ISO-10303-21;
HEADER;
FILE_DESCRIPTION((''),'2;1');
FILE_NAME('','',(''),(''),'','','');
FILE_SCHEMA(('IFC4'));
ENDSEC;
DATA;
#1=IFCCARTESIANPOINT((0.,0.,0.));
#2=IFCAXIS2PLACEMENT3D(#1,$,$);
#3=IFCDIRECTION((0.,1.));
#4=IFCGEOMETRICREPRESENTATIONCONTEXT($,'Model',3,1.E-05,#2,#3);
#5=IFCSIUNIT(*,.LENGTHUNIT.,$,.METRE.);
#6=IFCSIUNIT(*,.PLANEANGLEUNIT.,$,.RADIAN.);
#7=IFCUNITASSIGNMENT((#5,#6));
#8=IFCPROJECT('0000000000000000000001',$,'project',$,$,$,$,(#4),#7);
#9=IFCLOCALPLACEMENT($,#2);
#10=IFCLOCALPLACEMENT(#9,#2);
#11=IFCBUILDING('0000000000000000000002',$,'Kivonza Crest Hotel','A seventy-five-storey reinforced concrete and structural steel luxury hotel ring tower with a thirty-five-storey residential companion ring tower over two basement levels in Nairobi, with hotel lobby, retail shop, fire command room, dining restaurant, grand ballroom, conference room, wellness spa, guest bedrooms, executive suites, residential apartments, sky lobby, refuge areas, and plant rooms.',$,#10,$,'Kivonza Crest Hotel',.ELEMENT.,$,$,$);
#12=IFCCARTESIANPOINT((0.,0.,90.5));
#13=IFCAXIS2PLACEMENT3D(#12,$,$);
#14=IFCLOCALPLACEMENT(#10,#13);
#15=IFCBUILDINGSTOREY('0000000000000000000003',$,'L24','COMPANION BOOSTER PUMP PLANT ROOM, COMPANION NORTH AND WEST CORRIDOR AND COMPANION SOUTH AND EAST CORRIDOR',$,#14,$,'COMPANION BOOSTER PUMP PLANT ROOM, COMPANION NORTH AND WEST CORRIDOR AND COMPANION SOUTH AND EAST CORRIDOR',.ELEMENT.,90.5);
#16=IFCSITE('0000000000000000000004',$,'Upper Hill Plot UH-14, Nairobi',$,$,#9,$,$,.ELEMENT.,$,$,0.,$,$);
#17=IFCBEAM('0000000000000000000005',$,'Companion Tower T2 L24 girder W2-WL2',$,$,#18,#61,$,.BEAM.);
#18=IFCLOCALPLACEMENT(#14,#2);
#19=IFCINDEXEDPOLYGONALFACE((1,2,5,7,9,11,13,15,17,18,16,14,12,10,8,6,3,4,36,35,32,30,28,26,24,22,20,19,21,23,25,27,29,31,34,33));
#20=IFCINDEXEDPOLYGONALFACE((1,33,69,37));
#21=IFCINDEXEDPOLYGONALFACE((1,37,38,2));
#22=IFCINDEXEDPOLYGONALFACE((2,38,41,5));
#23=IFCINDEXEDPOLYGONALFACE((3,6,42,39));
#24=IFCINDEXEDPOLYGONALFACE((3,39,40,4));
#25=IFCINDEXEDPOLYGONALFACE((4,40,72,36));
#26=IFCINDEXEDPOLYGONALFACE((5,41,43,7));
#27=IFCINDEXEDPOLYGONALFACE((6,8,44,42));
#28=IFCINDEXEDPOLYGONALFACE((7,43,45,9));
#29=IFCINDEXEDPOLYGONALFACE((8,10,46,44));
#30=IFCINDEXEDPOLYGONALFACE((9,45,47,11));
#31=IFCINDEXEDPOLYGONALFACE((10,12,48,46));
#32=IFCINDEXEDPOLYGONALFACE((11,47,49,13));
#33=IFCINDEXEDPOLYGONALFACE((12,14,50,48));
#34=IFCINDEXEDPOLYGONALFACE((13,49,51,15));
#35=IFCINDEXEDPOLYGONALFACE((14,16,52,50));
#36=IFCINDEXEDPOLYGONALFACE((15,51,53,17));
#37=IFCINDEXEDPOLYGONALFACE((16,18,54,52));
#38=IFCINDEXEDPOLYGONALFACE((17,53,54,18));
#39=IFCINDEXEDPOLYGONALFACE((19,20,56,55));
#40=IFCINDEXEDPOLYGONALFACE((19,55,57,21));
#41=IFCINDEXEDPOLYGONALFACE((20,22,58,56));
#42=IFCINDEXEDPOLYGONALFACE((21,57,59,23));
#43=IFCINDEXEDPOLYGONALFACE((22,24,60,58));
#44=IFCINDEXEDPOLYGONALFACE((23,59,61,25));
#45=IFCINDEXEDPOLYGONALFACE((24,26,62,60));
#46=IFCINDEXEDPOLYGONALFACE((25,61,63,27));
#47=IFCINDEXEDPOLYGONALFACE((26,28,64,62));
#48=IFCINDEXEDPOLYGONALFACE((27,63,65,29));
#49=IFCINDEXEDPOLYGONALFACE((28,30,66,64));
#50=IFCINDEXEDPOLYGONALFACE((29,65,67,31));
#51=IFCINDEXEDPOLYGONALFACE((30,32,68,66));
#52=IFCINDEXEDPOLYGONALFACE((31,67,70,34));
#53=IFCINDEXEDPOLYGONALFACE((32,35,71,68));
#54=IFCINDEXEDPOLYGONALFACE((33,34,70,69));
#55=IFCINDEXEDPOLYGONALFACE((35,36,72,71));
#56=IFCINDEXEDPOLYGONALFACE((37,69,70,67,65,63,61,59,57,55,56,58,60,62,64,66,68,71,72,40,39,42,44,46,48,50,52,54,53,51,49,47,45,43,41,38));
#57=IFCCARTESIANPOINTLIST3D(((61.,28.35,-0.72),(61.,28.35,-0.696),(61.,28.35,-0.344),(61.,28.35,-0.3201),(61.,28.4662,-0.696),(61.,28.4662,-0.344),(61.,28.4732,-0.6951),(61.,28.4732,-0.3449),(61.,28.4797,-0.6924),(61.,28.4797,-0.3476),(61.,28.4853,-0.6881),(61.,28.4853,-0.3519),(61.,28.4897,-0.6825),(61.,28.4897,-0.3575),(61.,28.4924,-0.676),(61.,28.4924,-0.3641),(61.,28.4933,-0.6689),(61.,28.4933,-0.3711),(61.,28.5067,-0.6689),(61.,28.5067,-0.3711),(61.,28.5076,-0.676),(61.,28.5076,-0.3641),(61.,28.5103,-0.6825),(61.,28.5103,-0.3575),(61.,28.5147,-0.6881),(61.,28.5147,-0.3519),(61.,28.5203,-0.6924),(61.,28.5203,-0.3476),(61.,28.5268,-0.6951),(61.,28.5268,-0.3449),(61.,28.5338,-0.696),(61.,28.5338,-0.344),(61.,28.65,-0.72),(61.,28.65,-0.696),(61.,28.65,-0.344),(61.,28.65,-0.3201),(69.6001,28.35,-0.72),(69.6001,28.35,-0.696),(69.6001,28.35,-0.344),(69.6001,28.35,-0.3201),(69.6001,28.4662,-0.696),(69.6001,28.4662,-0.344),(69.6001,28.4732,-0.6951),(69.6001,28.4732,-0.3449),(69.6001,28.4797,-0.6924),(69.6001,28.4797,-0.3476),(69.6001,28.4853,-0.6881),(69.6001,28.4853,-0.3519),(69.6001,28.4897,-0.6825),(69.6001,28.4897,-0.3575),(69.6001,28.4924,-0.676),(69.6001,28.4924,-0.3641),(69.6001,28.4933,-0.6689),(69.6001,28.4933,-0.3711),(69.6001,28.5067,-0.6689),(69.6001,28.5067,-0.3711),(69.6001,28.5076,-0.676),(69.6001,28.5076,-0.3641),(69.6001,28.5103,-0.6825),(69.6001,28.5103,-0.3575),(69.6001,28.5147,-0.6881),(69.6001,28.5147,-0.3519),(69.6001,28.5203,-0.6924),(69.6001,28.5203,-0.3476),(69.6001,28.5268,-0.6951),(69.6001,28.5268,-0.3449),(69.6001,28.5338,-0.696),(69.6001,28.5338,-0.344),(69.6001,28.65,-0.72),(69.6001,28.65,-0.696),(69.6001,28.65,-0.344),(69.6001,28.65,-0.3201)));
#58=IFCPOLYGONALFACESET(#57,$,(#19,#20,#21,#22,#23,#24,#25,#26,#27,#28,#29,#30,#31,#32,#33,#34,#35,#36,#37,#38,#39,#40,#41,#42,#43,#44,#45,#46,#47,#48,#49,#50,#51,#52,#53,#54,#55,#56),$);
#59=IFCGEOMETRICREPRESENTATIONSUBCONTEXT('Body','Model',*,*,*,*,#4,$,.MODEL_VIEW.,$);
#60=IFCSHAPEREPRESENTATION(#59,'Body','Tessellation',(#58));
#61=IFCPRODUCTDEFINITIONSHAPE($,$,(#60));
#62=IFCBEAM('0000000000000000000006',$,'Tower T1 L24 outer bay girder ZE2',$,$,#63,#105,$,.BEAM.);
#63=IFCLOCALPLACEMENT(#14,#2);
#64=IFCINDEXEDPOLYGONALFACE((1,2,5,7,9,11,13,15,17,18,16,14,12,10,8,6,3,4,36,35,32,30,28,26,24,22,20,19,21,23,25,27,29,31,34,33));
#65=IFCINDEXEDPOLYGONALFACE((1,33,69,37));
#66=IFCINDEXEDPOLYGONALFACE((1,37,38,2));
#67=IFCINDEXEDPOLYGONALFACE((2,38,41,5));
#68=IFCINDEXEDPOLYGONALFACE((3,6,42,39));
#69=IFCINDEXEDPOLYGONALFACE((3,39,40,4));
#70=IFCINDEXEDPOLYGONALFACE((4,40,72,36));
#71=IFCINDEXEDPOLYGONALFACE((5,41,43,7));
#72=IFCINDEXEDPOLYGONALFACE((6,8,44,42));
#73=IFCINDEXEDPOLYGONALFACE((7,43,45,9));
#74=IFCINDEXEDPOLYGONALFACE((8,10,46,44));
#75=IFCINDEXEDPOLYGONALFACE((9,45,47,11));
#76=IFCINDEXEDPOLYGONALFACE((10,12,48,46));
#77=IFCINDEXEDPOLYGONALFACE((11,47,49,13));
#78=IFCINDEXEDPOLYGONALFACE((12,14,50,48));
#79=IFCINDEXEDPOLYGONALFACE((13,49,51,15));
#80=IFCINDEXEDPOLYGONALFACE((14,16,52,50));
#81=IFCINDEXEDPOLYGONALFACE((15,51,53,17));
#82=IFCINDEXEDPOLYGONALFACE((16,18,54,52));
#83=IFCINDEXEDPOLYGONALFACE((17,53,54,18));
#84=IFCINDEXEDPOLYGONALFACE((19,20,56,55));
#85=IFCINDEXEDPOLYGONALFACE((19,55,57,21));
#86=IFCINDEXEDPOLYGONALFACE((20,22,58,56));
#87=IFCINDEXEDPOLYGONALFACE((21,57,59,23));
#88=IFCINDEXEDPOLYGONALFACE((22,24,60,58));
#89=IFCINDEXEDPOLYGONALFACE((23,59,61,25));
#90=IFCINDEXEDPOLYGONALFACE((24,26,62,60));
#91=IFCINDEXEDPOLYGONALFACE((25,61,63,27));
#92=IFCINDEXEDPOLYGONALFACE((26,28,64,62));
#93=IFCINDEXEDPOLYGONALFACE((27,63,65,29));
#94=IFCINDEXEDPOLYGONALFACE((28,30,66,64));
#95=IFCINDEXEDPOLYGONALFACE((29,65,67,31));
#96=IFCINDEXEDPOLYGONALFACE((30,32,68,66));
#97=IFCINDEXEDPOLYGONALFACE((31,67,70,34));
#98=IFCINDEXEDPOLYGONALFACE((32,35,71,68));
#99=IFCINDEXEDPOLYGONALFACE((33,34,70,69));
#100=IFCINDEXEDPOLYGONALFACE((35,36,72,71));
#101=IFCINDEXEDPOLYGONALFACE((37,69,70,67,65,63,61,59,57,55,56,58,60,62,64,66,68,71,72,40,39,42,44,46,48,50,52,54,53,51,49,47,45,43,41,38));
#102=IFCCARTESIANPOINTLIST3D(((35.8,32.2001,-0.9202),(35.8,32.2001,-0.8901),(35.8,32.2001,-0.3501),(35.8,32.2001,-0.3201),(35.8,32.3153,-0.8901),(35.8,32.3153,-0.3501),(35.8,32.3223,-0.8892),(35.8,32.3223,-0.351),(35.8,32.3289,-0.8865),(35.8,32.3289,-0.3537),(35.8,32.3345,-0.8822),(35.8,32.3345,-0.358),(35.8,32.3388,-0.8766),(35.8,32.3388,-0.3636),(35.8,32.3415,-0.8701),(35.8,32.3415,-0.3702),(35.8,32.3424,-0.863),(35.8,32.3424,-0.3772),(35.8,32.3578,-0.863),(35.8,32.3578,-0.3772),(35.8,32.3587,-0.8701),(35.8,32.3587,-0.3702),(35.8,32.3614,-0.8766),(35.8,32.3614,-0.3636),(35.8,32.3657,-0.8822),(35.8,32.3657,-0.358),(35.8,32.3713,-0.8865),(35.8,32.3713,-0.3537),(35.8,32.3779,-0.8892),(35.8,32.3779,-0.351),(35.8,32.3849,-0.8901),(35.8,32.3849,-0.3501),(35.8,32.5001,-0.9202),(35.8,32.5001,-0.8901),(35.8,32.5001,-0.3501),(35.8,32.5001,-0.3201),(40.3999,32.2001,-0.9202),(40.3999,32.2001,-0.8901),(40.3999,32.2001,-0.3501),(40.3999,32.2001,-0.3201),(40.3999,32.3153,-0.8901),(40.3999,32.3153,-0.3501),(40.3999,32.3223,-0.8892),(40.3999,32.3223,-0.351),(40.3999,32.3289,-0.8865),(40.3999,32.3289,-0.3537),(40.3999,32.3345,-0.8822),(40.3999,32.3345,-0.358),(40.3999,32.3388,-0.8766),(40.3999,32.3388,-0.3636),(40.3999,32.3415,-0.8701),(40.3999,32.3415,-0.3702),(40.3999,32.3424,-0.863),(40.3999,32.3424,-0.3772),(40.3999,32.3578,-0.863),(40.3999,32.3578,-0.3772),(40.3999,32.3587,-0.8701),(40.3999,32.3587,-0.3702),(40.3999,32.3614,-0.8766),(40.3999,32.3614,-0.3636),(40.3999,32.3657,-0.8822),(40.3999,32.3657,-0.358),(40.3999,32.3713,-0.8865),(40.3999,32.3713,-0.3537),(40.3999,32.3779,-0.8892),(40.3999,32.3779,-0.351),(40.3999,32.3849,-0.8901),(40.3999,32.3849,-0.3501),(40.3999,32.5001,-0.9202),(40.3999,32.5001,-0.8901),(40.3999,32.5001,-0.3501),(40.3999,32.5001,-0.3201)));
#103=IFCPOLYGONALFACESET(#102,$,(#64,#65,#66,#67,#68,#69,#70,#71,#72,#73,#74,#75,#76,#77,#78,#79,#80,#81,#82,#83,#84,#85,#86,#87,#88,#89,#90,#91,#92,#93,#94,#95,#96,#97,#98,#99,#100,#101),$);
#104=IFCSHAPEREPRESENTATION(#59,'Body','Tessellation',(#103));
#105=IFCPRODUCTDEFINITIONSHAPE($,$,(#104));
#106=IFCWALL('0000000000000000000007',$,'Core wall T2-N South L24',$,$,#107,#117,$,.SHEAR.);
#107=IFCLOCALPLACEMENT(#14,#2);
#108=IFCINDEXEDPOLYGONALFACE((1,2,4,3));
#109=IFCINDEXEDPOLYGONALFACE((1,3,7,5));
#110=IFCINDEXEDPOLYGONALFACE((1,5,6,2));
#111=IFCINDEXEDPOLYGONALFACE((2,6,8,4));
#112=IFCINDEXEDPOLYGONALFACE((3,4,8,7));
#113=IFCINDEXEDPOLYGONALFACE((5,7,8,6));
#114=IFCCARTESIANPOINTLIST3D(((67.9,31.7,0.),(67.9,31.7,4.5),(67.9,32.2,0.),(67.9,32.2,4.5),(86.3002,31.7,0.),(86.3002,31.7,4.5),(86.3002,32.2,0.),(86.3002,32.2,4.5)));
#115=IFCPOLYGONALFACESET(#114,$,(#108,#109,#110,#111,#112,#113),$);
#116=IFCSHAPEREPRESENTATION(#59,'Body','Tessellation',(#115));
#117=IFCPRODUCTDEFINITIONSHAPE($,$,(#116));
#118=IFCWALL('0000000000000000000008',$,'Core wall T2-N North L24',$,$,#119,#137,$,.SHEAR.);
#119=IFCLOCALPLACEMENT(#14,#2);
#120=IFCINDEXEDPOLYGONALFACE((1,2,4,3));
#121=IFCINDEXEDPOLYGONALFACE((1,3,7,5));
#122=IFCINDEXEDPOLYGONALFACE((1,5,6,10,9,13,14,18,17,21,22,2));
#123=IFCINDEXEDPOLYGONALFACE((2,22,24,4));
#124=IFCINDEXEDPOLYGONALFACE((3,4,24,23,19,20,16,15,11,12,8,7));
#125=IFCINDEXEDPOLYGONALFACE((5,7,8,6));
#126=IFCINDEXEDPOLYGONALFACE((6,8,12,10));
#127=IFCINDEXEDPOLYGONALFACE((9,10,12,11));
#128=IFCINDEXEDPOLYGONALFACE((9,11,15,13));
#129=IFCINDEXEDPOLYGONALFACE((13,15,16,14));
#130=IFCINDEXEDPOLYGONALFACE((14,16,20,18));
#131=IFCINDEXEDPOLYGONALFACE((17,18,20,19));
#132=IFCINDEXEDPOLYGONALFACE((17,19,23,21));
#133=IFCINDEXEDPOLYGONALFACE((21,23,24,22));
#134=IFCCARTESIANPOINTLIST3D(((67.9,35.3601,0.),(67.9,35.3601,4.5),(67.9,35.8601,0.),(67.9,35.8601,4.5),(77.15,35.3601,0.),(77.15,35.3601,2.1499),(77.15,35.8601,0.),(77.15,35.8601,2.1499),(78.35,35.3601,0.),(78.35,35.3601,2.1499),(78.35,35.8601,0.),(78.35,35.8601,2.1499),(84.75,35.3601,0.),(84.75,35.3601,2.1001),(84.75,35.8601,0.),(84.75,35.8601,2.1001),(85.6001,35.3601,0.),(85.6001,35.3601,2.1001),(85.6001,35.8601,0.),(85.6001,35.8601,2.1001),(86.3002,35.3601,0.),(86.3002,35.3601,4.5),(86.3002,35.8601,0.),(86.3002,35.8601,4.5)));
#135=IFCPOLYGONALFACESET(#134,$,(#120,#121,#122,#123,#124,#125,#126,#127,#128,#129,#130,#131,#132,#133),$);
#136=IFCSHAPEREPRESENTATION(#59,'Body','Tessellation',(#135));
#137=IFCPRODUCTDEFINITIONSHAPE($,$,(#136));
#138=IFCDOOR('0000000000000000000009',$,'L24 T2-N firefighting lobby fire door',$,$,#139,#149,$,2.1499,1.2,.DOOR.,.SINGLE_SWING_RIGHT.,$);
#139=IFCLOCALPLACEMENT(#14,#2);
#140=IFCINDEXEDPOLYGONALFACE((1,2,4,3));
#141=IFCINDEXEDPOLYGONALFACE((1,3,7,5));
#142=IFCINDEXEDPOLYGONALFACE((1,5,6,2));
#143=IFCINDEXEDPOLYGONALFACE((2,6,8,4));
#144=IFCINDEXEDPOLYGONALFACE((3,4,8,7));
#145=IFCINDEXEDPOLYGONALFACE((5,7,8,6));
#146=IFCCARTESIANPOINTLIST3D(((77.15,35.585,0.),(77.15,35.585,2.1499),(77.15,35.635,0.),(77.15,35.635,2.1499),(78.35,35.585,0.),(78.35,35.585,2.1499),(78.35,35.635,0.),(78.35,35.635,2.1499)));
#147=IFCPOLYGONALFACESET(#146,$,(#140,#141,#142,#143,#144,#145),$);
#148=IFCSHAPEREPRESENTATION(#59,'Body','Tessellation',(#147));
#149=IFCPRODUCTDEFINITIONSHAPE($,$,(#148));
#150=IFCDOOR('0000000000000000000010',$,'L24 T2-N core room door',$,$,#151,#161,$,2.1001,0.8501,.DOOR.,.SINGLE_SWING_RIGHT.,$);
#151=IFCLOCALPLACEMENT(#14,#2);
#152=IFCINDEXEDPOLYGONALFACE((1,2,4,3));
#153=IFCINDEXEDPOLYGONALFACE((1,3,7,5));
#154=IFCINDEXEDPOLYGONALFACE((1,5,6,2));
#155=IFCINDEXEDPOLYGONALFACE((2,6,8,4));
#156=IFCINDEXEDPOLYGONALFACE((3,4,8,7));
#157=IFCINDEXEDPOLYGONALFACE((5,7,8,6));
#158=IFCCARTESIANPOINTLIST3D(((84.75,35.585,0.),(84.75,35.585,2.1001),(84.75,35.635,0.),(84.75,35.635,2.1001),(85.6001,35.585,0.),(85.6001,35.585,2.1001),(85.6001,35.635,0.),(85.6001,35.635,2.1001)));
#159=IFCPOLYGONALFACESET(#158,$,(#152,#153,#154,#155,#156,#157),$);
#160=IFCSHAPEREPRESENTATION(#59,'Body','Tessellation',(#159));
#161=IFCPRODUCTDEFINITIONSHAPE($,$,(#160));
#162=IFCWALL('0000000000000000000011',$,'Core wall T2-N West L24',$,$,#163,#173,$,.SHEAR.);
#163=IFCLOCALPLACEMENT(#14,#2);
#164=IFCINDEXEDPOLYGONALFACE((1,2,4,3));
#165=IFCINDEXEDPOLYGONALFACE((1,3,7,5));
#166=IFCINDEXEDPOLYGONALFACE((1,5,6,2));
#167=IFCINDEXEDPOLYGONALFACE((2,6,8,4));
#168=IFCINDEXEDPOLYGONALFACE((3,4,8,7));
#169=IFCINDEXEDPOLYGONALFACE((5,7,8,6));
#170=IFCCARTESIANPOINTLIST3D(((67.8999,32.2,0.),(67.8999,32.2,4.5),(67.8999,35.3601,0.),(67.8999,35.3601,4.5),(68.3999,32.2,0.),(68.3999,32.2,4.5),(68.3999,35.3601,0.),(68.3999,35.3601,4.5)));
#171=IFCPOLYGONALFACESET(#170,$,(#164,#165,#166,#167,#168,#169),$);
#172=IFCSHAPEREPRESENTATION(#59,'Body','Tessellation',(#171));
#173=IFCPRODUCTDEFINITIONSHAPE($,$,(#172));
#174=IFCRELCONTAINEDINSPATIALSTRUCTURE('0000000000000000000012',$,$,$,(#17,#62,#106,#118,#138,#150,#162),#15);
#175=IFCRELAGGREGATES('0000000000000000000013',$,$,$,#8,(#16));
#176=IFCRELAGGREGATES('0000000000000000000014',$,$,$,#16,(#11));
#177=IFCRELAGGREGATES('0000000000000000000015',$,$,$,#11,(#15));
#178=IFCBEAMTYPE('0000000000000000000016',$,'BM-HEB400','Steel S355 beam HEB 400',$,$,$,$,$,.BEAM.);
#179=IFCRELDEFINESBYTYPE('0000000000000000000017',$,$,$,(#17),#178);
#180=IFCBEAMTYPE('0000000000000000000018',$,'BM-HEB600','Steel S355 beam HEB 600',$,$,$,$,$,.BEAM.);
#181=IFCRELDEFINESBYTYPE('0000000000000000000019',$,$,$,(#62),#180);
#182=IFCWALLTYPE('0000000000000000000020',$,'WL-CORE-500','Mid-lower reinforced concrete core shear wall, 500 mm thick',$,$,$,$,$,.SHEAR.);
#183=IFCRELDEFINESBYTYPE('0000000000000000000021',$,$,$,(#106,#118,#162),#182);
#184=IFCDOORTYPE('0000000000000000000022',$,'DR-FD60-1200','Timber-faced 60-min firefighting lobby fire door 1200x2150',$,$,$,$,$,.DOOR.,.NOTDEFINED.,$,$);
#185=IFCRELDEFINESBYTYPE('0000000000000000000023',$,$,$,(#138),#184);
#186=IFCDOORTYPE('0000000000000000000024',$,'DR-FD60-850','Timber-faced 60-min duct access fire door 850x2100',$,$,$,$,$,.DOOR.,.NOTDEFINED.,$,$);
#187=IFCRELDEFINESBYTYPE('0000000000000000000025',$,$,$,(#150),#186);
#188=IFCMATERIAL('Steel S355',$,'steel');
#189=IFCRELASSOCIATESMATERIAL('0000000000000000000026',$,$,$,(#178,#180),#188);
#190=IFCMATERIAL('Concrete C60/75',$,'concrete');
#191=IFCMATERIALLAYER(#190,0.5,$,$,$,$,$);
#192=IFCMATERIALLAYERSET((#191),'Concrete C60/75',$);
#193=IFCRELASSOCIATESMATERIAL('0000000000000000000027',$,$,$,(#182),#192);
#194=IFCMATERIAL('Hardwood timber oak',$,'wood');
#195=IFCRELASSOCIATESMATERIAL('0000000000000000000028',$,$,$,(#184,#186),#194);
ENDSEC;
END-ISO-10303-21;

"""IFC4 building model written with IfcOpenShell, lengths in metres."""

from ifc_helpers import new_model, si_unit, direction, frame, frame_2d, origin, origin_2d, place, context, subcontext, project, spatial, rectangle, i_section, extrude, material, layer, layer_set, material_profile, profile_set, type_object, element, fill, save


model = new_model("IFC4")

# Units and contexts
model_context = context("Model", 3, precision=1e-05, world=origin(), true_north=direction((0.0, 1.0)))
body_context = subcontext(model_context, "Body", "Model", "MODEL_VIEW")
ifc_project = project(units=[si_unit("LENGTHUNIT", "METRE"), si_unit("PLANEANGLEUNIT", "RADIAN")], contexts=[model_context])

# Site, building, storey
site_placement = place(None, origin())
site = spatial("IfcSite", under=ifc_project, at=site_placement, Name="Upper Hill Plot UH-14, Nairobi", CompositionType="ELEMENT", RefElevation=0.0)
building_placement = place(site_placement, origin())
building = spatial("IfcBuilding", under=site, at=building_placement, Name="Kivonza Crest Hotel", Description="A seventy-five-storey reinforced concrete and structural steel luxury hotel ring tower with a thirty-five-storey residential companion ring tower over two basement levels in Nairobi, with hotel lobby, retail shop, fire command room, dining restaurant, grand ballroom, conference room, wellness spa, guest bedrooms, executive suites, residential apartments, sky lobby, refuge areas, and plant rooms.", LongName="Kivonza Crest Hotel", CompositionType="ELEMENT")
storey_placement = place(building_placement, frame((0.0, 0.0, 90.5)))
storey = spatial("IfcBuildingStorey", under=building, at=storey_placement, Name="L24", Description="COMPANION BOOSTER PUMP PLANT ROOM, COMPANION NORTH AND WEST CORRIDOR AND COMPANION SOUTH AND EAST CORRIDOR", LongName="COMPANION BOOSTER PUMP PLANT ROOM, COMPANION NORTH AND WEST CORRIDOR AND COMPANION SOUTH AND EAST CORRIDOR", CompositionType="ELEMENT", Elevation=90.5)

# Shared definitions
ifc_material_1 = material(Name="Steel S355", Category="steel")

# Beams
ifc_material_profile_1 = material_profile(ifc_material_1, i_section(OverallWidth=0.3, OverallDepth=0.3999, WebThickness=0.0134, FlangeThickness=0.0239, FilletRadius=0.0271, at=origin_2d()), Name="HEB 400")
ifc_profile_set_1 = profile_set([ifc_material_profile_1], Name="Steel S355")
beam_type_1 = type_object("IfcBeamType", Name="BM-HEB400", Description="Steel S355 beam HEB 400", PredefinedType="BEAM", material=ifc_profile_set_1)
beam_1_placement = place(storey_placement, frame((61.0, 28.5, -0.52), z_axis=(1.0, 0.0, 0.0), x_axis=(0.0, 1.0, 0.0)))
element("IfcBeam", 1, at=beam_1_placement, inside=storey, type_object=beam_type_1, Name="Companion Tower T2 L24 girder W2-WL2", PredefinedType="BEAM", context=body_context, shape_type="SweptSolid", body=[
    extrude(i_section(OverallWidth=0.3, OverallDepth=0.3999, WebThickness=0.0134, FlangeThickness=0.0239, FilletRadius=0.0271, at=origin_2d()), origin(), (0.0, 0.0, 1.0), 8.6001),
])
ifc_material_profile_2 = material_profile(ifc_material_1, i_section(OverallWidth=0.3, OverallDepth=0.6001, WebThickness=0.0154, FlangeThickness=0.03, FilletRadius=0.0271, at=origin_2d()), Name="HEB 600")
ifc_profile_set_2 = profile_set([ifc_material_profile_2], Name="Steel S355")
beam_type_2 = type_object("IfcBeamType", Name="BM-HEB600", Description="Steel S355 beam HEB 600", PredefinedType="BEAM", material=ifc_profile_set_2)
beam_2_placement = place(storey_placement, frame((40.3999, 32.3501, -0.6201), z_axis=(-1.0, 0.0, 0.0), x_axis=(0.0, -1.0, 0.0)))
element("IfcBeam", 2, at=beam_2_placement, inside=storey, type_object=beam_type_2, Name="Tower T1 L24 outer bay girder ZE2", PredefinedType="BEAM", context=body_context, shape_type="SweptSolid", body=[
    extrude(i_section(OverallWidth=0.3, OverallDepth=0.6001, WebThickness=0.0154, FlangeThickness=0.03, FilletRadius=0.0271, at=origin_2d()), origin(), (0.0, 0.0, 1.0), 4.5999),
])

# Wall
ifc_material_2 = material(Name="Concrete C60/75", Category="concrete")
ifc_layer_1 = layer(ifc_material_2, 0.5)
ifc_layer_set_1 = layer_set([ifc_layer_1], Name="Concrete C60/75")
wall_type_1 = type_object("IfcWallType", Name="WL-CORE-500", Description="Mid-lower reinforced concrete core shear wall, 500 mm thick", PredefinedType="SHEAR", material=ifc_layer_set_1)
wall_1_placement = place(storey_placement, frame((67.8999, 31.95, 0.0), z_axis=(0.0, 0.0, 1.0), x_axis=(1.0, 0.0, 0.0)))
element("IfcWall", 3, at=wall_1_placement, inside=storey, type_object=wall_type_1, Name="Core wall T2-N South L24", PredefinedType="SHEAR", context=body_context, shape_type="SweptSolid", body=[
    extrude(rectangle(XDim=18.4001, YDim=0.5, at=frame_2d((9.2002, 0.0))), origin(), (0.0, 0.0, 1.0), 4.5),
])

# Wall, openings, doors
wall_2_placement = place(storey_placement, frame((67.8999, 35.6101, 0.0), z_axis=(0.0, 0.0, 1.0), x_axis=(1.0, 0.0, 0.0)))
wall_2 = element("IfcWall", 4, at=wall_2_placement, inside=storey, type_object=wall_type_1, Name="Core wall T2-N North L24", PredefinedType="SHEAR", context=body_context, shape_type="SweptSolid", body=[
    extrude(rectangle(XDim=18.4001, YDim=0.5, at=frame_2d((9.2002, 0.0))), origin(), (0.0, 0.0, 1.0), 4.5),
])
opening_1_placement = place(wall_2_placement, frame((9.25, 0.0, 0.0)))
opening_1 = element("IfcOpeningElement", 5, at=opening_1_placement, cuts=wall_2, PredefinedType="OPENING", context=body_context, shape_type="SweptSolid", body=[
    extrude(rectangle(XDim=1.2, YDim=2.1499, at=frame_2d((0.6001, 1.075))), frame((0.0, 0.26, 0.0), z_axis=(0.0, -1.0, 0.0), x_axis=(1.0, 0.0, 0.0)), (0.0, 0.0, 1.0), 0.52),
])
opening_2_placement = place(wall_2_placement, frame((16.8501, 0.0, 0.0)))
opening_2 = element("IfcOpeningElement", 6, at=opening_2_placement, cuts=wall_2, PredefinedType="OPENING", context=body_context, shape_type="SweptSolid", body=[
    extrude(rectangle(XDim=0.8501, YDim=2.1001, at=frame_2d((0.425, 1.05))), frame((0.0, 0.26, 0.0), z_axis=(0.0, -1.0, 0.0), x_axis=(1.0, 0.0, 0.0)), (0.0, 0.0, 1.0), 0.52),
])
ifc_material_3 = material(Name="Hardwood timber oak", Category="wood")
door_type_1 = type_object("IfcDoorType", Name="DR-FD60-1200", Description="Timber-faced 60-min firefighting lobby fire door 1200x2150", OperationType="NOTDEFINED", PredefinedType="DOOR", material=ifc_material_3)
door_1_placement = place(opening_1_placement, origin())
door_1 = element("IfcDoor", 7, at=door_1_placement, inside=storey, type_object=door_type_1, Name="L24 T2-N firefighting lobby fire door", OperationType="SINGLE_SWING_RIGHT", OverallHeight=2.1499, OverallWidth=1.2, PredefinedType="DOOR", context=body_context, shape_type="SweptSolid", body=[
    extrude(rectangle(XDim=1.2, YDim=2.1499, at=frame_2d((0.6001, 1.075))), frame((0.0, 0.0249, 0.0), z_axis=(0.0, -1.0, 0.0), x_axis=(1.0, 0.0, 0.0)), (0.0, 0.0, 1.0), 0.05),
])
fill(opening_1, door_1)
door_type_2 = type_object("IfcDoorType", Name="DR-FD60-850", Description="Timber-faced 60-min duct access fire door 850x2100", OperationType="NOTDEFINED", PredefinedType="DOOR", material=ifc_material_3)
door_2_placement = place(opening_2_placement, origin())
door_2 = element("IfcDoor", 8, at=door_2_placement, inside=storey, type_object=door_type_2, Name="L24 T2-N core room door", OperationType="SINGLE_SWING_RIGHT", OverallHeight=2.1001, OverallWidth=0.8501, PredefinedType="DOOR", context=body_context, shape_type="SweptSolid", body=[
    extrude(rectangle(XDim=0.8501, YDim=2.1001, at=frame_2d((0.425, 1.05))), frame((0.0, 0.0249, 0.0), z_axis=(0.0, -1.0, 0.0), x_axis=(1.0, 0.0, 0.0)), (0.0, 0.0, 1.0), 0.05),
])
fill(opening_2, door_2)

# Wall
wall_3_placement = place(storey_placement, frame((68.1499, 32.2, 0.0), z_axis=(0.0, 0.0, 1.0), x_axis=(0.0, 1.0, 0.0)))
element("IfcWall", 9, at=wall_3_placement, inside=storey, type_object=wall_type_1, Name="Core wall T2-N West L24", PredefinedType="SHEAR", context=body_context, shape_type="SweptSolid", body=[
    extrude(rectangle(XDim=3.1602, YDim=0.5, at=frame_2d((1.5801, 0.0))), origin(), (0.0, 0.0, 1.0), 4.5),
])

save(model, "model.ifc")
